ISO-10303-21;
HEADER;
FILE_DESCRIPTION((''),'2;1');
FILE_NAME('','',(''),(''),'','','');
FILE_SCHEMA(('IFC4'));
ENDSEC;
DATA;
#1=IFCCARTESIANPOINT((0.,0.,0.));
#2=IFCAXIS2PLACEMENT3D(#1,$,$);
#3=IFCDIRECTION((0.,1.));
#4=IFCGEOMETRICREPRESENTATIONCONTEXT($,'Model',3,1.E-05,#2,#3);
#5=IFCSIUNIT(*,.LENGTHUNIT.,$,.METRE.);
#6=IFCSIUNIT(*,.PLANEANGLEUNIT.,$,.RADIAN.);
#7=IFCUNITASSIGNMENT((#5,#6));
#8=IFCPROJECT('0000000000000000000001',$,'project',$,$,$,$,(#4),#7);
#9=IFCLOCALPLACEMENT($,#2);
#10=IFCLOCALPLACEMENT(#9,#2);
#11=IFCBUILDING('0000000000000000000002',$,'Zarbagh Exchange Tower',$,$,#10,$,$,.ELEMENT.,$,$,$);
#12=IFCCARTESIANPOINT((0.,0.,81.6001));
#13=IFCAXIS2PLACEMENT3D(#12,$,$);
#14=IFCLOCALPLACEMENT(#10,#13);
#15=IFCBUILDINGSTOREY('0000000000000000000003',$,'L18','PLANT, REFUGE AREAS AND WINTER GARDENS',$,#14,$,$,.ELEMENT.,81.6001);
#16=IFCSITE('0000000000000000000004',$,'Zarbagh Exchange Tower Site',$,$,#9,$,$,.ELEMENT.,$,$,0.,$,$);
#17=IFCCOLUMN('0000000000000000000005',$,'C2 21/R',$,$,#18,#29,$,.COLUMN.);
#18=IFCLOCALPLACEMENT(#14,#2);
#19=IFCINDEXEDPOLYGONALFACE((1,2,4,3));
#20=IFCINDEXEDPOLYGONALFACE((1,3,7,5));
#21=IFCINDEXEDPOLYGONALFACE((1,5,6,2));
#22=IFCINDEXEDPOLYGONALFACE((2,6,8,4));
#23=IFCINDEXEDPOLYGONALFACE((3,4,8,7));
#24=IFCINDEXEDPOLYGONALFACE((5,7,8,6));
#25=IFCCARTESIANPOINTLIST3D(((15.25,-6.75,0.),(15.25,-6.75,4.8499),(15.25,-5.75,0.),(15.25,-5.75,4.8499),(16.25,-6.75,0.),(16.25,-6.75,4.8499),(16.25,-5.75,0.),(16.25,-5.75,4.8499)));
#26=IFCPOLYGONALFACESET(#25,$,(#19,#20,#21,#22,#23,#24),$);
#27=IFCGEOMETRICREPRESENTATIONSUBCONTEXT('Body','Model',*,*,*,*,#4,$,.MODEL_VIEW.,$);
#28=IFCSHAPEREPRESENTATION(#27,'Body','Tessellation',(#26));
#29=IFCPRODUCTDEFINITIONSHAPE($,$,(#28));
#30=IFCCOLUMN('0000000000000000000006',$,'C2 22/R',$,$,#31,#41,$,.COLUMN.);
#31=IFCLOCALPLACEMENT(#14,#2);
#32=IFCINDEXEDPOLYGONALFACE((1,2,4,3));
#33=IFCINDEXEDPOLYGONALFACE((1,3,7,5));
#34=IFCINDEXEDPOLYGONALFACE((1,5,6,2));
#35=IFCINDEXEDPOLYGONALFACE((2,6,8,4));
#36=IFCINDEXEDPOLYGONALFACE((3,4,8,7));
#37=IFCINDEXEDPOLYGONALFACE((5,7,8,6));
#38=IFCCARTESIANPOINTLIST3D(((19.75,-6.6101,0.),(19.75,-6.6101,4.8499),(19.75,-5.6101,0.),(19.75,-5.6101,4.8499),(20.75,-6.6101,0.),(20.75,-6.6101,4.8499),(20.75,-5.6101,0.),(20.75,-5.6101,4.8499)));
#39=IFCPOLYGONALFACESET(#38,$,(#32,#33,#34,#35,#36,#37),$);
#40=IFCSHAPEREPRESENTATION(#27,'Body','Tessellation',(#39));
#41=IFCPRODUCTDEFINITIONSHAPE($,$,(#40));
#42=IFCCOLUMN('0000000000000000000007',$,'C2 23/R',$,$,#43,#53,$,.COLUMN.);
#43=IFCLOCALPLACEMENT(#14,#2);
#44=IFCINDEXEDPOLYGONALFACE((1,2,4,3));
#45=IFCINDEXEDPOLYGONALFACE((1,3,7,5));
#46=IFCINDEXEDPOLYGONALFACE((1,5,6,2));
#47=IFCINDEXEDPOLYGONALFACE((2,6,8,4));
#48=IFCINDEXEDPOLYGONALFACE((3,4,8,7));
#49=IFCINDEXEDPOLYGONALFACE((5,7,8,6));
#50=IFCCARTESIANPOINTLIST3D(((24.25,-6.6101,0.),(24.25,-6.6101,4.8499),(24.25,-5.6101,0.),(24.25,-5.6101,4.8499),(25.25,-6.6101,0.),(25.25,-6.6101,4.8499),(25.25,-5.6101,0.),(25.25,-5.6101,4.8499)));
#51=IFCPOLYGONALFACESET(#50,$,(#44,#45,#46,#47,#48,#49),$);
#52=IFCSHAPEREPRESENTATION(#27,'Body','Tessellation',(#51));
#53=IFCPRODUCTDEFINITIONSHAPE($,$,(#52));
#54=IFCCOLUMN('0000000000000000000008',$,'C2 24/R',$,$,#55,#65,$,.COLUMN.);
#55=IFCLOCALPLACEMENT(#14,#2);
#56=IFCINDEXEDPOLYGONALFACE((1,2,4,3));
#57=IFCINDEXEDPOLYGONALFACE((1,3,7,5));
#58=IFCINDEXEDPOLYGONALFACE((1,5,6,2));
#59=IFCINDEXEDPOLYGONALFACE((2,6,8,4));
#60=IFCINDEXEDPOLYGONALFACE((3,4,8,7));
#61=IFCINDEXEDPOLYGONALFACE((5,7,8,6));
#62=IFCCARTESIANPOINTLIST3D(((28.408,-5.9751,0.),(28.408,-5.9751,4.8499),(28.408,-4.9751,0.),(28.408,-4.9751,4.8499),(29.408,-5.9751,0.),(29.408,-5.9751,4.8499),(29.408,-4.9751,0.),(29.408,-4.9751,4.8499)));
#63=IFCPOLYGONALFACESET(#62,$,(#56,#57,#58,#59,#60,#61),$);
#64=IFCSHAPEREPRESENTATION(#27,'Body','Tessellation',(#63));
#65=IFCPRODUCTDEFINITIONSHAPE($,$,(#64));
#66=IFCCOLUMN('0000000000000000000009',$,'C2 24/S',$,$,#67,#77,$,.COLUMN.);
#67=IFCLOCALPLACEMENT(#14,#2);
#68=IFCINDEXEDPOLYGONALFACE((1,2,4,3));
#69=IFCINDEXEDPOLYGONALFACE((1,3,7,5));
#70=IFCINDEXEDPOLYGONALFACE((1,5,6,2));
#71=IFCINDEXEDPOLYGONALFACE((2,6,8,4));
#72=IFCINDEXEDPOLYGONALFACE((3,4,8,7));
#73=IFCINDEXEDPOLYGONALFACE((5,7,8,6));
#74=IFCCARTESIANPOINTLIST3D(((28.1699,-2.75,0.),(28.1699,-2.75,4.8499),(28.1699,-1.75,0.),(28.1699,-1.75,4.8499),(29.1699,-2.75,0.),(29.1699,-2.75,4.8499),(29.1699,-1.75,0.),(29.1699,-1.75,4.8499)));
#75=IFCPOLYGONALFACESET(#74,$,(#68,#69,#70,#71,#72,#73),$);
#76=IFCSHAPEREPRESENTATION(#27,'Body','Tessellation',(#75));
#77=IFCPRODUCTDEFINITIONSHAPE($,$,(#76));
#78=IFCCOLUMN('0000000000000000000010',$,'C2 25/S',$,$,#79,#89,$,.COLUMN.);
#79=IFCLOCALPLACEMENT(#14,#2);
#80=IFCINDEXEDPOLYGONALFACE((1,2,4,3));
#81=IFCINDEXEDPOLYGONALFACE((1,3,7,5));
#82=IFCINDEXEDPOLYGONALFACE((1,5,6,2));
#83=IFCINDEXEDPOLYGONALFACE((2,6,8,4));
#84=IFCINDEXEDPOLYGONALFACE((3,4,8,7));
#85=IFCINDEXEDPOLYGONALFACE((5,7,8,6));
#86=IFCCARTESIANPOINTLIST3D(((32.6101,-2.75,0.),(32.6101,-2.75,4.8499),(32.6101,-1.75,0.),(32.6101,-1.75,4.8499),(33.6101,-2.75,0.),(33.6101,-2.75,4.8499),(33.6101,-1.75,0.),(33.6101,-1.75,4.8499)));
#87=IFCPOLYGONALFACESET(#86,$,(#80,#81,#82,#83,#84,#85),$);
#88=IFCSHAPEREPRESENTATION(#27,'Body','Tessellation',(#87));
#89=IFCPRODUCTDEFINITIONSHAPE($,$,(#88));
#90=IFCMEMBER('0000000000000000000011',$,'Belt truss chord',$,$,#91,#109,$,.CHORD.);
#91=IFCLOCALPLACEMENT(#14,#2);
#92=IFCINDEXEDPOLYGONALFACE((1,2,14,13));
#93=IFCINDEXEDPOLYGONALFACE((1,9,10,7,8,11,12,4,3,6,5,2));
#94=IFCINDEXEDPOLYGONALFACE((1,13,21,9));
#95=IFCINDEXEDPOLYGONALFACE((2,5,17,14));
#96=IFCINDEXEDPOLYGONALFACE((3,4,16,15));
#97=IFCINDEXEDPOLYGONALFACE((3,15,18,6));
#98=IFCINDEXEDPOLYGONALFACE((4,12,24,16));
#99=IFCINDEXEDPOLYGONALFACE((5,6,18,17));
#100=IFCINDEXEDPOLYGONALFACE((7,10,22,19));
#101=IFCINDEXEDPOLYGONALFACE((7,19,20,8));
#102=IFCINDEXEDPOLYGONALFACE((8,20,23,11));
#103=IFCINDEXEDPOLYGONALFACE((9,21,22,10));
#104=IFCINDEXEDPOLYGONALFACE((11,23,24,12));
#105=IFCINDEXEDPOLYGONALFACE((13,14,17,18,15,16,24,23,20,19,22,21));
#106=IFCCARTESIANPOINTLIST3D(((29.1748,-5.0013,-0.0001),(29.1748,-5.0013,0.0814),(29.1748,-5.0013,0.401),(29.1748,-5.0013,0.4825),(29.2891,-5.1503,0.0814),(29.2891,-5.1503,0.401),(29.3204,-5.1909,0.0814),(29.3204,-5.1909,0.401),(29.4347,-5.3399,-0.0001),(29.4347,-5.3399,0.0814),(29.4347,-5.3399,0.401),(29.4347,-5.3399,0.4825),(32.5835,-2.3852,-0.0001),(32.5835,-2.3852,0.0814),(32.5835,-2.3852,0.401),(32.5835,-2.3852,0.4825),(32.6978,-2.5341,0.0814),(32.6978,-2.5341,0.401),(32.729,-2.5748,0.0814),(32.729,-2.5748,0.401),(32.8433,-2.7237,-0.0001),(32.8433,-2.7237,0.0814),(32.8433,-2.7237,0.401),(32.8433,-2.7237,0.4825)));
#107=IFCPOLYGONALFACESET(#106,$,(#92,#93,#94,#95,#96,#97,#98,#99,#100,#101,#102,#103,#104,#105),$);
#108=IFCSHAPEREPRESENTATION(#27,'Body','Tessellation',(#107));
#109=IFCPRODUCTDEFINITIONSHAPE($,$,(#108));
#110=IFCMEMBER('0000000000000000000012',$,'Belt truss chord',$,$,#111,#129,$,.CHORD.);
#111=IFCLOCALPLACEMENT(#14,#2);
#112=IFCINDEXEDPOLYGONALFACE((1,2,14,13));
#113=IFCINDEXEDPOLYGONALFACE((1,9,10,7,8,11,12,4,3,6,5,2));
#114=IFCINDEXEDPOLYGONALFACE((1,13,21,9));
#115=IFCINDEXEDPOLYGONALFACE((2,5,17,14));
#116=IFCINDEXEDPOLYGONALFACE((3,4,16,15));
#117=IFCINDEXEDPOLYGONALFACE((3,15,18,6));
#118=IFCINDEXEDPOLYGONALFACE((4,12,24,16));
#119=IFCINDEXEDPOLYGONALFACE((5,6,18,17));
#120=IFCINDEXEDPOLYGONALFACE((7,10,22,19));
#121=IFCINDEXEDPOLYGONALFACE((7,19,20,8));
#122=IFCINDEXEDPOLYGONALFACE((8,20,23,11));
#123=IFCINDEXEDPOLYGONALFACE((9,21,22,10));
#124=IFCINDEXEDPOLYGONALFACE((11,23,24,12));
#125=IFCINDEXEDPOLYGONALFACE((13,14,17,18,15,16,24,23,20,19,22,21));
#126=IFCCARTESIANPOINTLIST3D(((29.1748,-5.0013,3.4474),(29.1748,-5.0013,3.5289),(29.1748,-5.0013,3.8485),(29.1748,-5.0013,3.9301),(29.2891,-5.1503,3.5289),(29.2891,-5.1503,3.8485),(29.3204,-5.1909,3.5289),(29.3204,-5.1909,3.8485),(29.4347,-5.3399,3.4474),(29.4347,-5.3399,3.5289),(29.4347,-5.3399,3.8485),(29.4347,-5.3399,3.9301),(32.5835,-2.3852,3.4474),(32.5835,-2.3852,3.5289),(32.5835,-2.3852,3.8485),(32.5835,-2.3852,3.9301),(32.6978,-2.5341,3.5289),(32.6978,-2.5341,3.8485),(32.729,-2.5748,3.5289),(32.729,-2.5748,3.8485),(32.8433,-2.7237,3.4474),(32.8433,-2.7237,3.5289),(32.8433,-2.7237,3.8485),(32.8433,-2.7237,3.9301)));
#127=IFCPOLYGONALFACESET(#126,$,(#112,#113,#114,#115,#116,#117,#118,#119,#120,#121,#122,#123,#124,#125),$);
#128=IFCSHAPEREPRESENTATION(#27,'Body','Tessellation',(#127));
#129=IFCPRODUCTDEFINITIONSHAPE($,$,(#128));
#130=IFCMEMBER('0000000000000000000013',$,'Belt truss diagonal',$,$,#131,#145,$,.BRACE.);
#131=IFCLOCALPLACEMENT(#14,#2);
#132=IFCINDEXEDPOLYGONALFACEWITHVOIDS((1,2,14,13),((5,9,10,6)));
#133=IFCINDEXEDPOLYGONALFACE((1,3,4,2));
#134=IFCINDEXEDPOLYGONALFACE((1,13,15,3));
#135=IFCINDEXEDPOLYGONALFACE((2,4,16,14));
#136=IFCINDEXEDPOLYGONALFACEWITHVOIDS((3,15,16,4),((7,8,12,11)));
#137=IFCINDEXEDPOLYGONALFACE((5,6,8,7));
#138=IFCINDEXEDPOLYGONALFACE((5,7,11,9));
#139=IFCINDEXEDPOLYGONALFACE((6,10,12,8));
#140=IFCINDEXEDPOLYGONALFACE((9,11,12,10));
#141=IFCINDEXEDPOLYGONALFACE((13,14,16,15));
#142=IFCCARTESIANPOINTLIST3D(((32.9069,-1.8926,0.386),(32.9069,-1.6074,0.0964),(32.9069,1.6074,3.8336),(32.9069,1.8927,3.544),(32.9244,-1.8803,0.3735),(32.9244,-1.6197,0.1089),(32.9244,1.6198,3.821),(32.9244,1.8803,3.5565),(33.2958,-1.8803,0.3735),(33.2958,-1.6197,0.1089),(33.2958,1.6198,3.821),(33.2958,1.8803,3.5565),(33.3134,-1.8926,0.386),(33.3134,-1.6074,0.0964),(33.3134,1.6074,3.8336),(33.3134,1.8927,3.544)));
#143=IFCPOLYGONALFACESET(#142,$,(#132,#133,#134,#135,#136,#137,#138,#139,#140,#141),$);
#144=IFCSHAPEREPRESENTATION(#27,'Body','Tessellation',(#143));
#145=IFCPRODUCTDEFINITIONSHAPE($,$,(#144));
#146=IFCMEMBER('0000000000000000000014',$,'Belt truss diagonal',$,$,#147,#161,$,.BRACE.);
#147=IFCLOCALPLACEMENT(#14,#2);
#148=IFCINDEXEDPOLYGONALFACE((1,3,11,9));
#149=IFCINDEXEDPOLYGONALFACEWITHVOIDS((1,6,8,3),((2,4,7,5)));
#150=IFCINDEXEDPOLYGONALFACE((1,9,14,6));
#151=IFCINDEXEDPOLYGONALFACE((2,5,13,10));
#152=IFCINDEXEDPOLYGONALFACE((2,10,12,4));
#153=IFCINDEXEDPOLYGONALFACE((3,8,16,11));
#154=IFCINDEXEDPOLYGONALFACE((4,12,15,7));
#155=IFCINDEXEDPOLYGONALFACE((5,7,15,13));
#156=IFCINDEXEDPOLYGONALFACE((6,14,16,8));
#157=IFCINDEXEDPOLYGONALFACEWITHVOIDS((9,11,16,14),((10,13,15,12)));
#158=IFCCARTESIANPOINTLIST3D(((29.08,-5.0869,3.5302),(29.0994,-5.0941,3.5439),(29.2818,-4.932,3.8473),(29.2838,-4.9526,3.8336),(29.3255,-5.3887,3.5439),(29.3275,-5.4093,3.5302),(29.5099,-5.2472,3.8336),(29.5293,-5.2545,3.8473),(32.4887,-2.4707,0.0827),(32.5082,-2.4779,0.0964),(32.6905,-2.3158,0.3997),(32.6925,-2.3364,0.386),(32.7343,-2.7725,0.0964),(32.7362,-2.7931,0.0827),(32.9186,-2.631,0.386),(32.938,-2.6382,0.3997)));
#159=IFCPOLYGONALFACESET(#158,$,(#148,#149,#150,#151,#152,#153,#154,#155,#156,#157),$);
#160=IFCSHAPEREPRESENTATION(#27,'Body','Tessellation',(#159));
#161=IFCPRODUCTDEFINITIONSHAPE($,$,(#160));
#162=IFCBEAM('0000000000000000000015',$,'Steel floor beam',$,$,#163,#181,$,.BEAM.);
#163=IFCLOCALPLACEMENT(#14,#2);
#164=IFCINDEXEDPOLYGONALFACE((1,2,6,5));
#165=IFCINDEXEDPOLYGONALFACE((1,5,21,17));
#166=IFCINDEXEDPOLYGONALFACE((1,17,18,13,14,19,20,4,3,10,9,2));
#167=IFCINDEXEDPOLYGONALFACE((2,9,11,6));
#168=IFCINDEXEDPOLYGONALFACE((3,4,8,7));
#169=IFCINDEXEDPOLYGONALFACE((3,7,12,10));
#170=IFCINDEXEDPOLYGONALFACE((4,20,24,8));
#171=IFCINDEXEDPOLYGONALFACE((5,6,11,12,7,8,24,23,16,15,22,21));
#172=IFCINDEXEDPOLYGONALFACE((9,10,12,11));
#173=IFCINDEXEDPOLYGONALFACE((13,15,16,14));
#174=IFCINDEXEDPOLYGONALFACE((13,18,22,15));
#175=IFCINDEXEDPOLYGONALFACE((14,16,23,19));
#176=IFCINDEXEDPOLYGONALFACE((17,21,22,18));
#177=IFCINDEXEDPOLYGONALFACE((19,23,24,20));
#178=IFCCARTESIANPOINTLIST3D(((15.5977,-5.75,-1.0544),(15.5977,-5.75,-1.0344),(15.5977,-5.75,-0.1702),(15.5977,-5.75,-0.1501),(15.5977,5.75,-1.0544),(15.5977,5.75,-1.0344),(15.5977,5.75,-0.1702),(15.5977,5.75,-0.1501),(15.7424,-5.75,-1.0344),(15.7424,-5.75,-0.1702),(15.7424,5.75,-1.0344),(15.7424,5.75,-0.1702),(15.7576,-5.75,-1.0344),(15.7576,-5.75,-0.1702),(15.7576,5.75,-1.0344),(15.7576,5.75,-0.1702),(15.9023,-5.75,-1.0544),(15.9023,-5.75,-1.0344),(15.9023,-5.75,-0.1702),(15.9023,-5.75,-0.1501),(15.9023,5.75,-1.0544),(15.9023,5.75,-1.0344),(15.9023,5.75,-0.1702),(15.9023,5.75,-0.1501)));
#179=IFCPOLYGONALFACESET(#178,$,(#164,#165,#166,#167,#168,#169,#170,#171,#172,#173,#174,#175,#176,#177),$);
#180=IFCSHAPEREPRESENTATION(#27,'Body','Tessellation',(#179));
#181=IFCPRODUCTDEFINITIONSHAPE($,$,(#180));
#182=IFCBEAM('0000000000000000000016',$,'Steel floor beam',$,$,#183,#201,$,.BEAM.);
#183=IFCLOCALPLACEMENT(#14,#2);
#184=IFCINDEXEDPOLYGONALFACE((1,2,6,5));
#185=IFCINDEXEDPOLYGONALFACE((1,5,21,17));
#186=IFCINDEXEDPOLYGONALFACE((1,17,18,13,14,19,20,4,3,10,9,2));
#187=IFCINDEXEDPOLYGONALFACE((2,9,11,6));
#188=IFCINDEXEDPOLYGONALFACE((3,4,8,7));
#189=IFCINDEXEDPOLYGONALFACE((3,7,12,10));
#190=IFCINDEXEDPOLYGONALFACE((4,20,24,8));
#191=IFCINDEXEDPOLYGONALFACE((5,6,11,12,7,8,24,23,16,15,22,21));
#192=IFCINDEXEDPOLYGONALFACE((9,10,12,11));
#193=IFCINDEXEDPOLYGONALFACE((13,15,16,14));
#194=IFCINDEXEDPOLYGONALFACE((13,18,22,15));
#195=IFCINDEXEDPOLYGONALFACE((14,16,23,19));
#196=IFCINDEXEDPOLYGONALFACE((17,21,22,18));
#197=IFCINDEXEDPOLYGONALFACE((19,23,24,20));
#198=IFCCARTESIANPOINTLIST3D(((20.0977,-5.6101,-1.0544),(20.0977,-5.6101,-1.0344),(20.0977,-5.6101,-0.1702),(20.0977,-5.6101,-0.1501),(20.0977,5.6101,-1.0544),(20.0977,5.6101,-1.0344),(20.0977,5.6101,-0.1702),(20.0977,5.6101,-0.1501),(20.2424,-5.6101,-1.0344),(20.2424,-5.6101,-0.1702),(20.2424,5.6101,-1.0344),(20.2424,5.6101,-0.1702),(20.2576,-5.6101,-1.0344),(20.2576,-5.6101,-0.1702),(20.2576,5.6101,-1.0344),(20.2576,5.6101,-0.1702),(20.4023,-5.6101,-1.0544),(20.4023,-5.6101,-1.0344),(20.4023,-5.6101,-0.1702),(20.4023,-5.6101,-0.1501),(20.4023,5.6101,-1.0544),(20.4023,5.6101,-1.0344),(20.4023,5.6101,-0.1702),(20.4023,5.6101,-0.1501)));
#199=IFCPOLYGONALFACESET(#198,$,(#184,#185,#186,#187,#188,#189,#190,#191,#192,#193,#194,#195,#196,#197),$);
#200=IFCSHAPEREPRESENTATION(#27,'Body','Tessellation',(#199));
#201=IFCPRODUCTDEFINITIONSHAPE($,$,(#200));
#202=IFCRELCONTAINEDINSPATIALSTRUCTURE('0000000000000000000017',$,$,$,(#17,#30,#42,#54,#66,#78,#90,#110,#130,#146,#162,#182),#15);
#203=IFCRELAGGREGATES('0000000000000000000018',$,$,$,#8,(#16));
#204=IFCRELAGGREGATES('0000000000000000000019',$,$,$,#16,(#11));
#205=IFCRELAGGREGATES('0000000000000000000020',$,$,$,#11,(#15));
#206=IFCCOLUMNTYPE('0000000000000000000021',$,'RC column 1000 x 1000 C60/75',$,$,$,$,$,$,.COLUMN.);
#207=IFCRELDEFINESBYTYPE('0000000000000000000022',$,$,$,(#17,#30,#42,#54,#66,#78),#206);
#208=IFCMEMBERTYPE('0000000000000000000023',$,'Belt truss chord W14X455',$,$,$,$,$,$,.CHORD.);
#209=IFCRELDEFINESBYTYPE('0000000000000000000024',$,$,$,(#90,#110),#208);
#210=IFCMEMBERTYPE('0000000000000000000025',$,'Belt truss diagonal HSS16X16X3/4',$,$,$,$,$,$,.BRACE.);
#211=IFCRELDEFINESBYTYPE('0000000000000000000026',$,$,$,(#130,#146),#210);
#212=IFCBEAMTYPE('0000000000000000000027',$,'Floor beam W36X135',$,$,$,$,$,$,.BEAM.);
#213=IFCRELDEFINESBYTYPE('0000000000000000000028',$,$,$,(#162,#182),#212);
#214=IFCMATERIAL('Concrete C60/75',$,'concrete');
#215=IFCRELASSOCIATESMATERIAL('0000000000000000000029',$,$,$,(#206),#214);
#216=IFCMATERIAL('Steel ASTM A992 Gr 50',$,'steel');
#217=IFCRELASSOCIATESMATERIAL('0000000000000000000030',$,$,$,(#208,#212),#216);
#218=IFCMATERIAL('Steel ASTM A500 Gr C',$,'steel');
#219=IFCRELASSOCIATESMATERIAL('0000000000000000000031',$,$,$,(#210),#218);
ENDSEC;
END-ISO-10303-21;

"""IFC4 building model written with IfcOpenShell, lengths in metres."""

from ifc_helpers import new_model, si_unit, direction, frame, origin, origin_2d, place, context, subcontext, project, spatial, rectangle, hollow_rectangle, i_section, extrude, material, material_profile, profile_set, type_object, element, save


model = new_model("IFC4")

# Units and contexts
model_context = context("Model", 3, precision=1e-05, world=origin(), true_north=direction((0.0, 1.0)))
body_context = subcontext(model_context, "Body", "Model", "MODEL_VIEW")
ifc_project = project(units=[si_unit("LENGTHUNIT", "METRE"), si_unit("PLANEANGLEUNIT", "RADIAN")], contexts=[model_context])

# Site, building, storey
site_placement = place(None, origin())
site = spatial("IfcSite", under=ifc_project, at=site_placement, Name="Zarbagh Exchange Tower Site", CompositionType="ELEMENT", RefElevation=0.0)
building_placement = place(site_placement, origin())
building = spatial("IfcBuilding", under=site, at=building_placement, Name="Zarbagh Exchange Tower", CompositionType="ELEMENT")
storey_placement = place(building_placement, frame((0.0, 0.0, 81.6001)))
storey = spatial("IfcBuildingStorey", under=building, at=storey_placement, Name="L18", Description="PLANT, REFUGE AREAS AND WINTER GARDENS", CompositionType="ELEMENT", Elevation=81.6001)

# Columns
ifc_material_1 = material(Name="Concrete C60/75", Category="concrete")
ifc_material_profile_1 = material_profile(ifc_material_1, rectangle(XDim=1.0, YDim=1.0, at=origin_2d()), Name="RC column 1000 x 1000 C60/75")
ifc_profile_set_1 = profile_set([ifc_material_profile_1], Name="Concrete C60/75")
column_type = type_object("IfcColumnType", Name="RC column 1000 x 1000 C60/75", PredefinedType="COLUMN", material=ifc_profile_set_1)
for number, where, z_axis, x_axis, name in (
    (1, (15.75, -6.25, 0.0), (0.0, 0.0, 1.0), (1.0, 0.0, 0.0), "C2 21/R"),
    (2, (20.25, -6.1101, 0.0), (0.0, 0.0, 1.0), (1.0, 0.0, 0.0), "C2 22/R"),
    (3, (24.75, -6.1101, 0.0), (0.0, 0.0, 1.0), (1.0, 0.0, 0.0), "C2 23/R"),
    (4, (28.908, -5.4751, 0.0), (0.0, 0.0, 1.0), (1.0, 0.0, 0.0), "C2 24/R"),
    (5, (28.6699, -2.25, 0.0), (0.0, 0.0, 1.0), (1.0, 0.0, 0.0), "C2 24/S"),
    (6, (33.1101, -2.25, 0.0), (0.0, 0.0, 1.0), (1.0, 0.0, 0.0), "C2 25/S"),
):
    element("IfcColumn", number, at=place(storey_placement, frame(where, z_axis=z_axis, x_axis=x_axis)), inside=storey, type_object=column_type, Name=name, PredefinedType="COLUMN", context=body_context, shape_type="SweptSolid", body=[
        extrude(rectangle(XDim=1.0, YDim=1.0, at=origin_2d()), origin(), (0.0, 0.0, 1.0), 4.8499),
    ])

# Members
ifc_material_2 = material(Name="Steel ASTM A992 Gr 50", Category="steel")
ifc_material_profile_2 = material_profile(ifc_material_2, i_section(OverallWidth=0.4268, OverallDepth=0.4827, WebThickness=0.0513, FlangeThickness=0.0815, at=origin_2d()), Name="W14X455")
ifc_profile_set_2 = profile_set([ifc_material_profile_2], Name="Steel ASTM A992 Gr 50")
member_type_1 = type_object("IfcMemberType", Name="Belt truss chord W14X455", PredefinedType="CHORD", material=ifc_profile_set_2)
for number, where, z_axis, x_axis, name in (
    (7, (32.7134, -2.5544, 0.2412), (-0.793283, -0.608854, 0.0), (0.608854, -0.793283, 0.0), "Belt truss chord"),
    (8, (32.7134, -2.5544, 3.6887), (-0.793283, -0.608854, 0.0), (0.608854, -0.793283, 0.0), "Belt truss chord"),
):
    element("IfcMember", number, at=place(storey_placement, frame(where, z_axis=z_axis, x_axis=x_axis)), inside=storey, type_object=member_type_1, Name=name, PredefinedType="CHORD", context=body_context, shape_type="SweptSolid", body=[
        extrude(i_section(OverallWidth=0.4268, OverallDepth=0.4827, WebThickness=0.0513, FlangeThickness=0.0815, at=origin_2d()), origin(), (0.0, 0.0, 1.0), 4.2969),
    ])
ifc_material_3 = material(Name="Steel ASTM A500 Gr C", Category="steel")
ifc_material_profile_3 = material_profile(ifc_material_3, hollow_rectangle(XDim=0.4065, YDim=0.4065, WallThickness=0.0176, at=origin_2d()), Name="HSS16X16X3/4")
ifc_profile_set_3 = profile_set([ifc_material_profile_3], Name="Steel ASTM A500 Gr C")
member_type_2 = type_object("IfcMemberType", Name="Belt truss diagonal HSS16X16X3/4", PredefinedType="BRACE", material=ifc_profile_set_3)
member_1_placement = place(storey_placement, frame((33.1101, -1.75, 0.2412), z_axis=(0.0, 0.712429, 0.701744), x_axis=(-1.0, 0.0, 0.0)))
element("IfcMember", 9, at=member_1_placement, inside=storey, type_object=member_type_2, Name="Belt truss diagonal", PredefinedType="BRACE", context=body_context, shape_type="SweptSolid", body=[
    extrude(hollow_rectangle(XDim=0.4065, YDim=0.4065, WallThickness=0.0176, at=origin_2d()), origin(), (0.0, 0.0, 1.0), 4.9128),
])
member_2_placement = place(storey_placement, frame((32.7134, -2.5544, 0.2412), z_axis=(-0.61875, -0.474898, 0.625796), x_axis=(0.608854, -0.793283, 0.0)))
element("IfcMember", 10, at=member_2_placement, inside=storey, type_object=member_type_2, Name="Belt truss diagonal", PredefinedType="BRACE", context=body_context, shape_type="SweptSolid", body=[
    extrude(hollow_rectangle(XDim=0.4065, YDim=0.4065, WallThickness=0.0176, at=origin_2d()), origin(), (0.0, 0.0, 1.0), 5.509),
])

# Beams
ifc_material_profile_4 = material_profile(ifc_material_2, i_section(OverallWidth=0.3047, OverallDepth=0.9043, WebThickness=0.0151, FlangeThickness=0.02, at=origin_2d()), Name="W36X135")
ifc_profile_set_4 = profile_set([ifc_material_profile_4], Name="Steel ASTM A992 Gr 50")
beam_type_1 = type_object("IfcBeamType", Name="Floor beam W36X135", PredefinedType="BEAM", material=ifc_profile_set_4)
beam_1_placement = place(storey_placement, frame((15.75, -5.75, -0.6023), z_axis=(0.0, 1.0, 0.0), x_axis=(-1.0, 0.0, 0.0)))
element("IfcBeam", 11, at=beam_1_placement, inside=storey, type_object=beam_type_1, Name="Steel floor beam", PredefinedType="BEAM", context=body_context, shape_type="SweptSolid", body=[
    extrude(i_section(OverallWidth=0.3047, OverallDepth=0.9043, WebThickness=0.0151, FlangeThickness=0.02, at=origin_2d()), origin(), (0.0, 0.0, 1.0), 11.5),
])
for number, where, z_axis, x_axis, name in (
    (12, (20.25, -5.6101, -0.6023), (0.0, 1.0, 0.0), (-1.0, 0.0, 0.0), "Steel floor beam"),
):
    element("IfcBeam", number, at=place(storey_placement, frame(where, z_axis=z_axis, x_axis=x_axis)), inside=storey, type_object=beam_type_1, Name=name, PredefinedType="BEAM", context=body_context, shape_type="SweptSolid", body=[
        extrude(i_section(OverallWidth=0.3047, OverallDepth=0.9043, WebThickness=0.0151, FlangeThickness=0.02, at=origin_2d()), origin(), (0.0, 0.0, 1.0), 11.2202),
    ])

save(model, "model.ifc")
